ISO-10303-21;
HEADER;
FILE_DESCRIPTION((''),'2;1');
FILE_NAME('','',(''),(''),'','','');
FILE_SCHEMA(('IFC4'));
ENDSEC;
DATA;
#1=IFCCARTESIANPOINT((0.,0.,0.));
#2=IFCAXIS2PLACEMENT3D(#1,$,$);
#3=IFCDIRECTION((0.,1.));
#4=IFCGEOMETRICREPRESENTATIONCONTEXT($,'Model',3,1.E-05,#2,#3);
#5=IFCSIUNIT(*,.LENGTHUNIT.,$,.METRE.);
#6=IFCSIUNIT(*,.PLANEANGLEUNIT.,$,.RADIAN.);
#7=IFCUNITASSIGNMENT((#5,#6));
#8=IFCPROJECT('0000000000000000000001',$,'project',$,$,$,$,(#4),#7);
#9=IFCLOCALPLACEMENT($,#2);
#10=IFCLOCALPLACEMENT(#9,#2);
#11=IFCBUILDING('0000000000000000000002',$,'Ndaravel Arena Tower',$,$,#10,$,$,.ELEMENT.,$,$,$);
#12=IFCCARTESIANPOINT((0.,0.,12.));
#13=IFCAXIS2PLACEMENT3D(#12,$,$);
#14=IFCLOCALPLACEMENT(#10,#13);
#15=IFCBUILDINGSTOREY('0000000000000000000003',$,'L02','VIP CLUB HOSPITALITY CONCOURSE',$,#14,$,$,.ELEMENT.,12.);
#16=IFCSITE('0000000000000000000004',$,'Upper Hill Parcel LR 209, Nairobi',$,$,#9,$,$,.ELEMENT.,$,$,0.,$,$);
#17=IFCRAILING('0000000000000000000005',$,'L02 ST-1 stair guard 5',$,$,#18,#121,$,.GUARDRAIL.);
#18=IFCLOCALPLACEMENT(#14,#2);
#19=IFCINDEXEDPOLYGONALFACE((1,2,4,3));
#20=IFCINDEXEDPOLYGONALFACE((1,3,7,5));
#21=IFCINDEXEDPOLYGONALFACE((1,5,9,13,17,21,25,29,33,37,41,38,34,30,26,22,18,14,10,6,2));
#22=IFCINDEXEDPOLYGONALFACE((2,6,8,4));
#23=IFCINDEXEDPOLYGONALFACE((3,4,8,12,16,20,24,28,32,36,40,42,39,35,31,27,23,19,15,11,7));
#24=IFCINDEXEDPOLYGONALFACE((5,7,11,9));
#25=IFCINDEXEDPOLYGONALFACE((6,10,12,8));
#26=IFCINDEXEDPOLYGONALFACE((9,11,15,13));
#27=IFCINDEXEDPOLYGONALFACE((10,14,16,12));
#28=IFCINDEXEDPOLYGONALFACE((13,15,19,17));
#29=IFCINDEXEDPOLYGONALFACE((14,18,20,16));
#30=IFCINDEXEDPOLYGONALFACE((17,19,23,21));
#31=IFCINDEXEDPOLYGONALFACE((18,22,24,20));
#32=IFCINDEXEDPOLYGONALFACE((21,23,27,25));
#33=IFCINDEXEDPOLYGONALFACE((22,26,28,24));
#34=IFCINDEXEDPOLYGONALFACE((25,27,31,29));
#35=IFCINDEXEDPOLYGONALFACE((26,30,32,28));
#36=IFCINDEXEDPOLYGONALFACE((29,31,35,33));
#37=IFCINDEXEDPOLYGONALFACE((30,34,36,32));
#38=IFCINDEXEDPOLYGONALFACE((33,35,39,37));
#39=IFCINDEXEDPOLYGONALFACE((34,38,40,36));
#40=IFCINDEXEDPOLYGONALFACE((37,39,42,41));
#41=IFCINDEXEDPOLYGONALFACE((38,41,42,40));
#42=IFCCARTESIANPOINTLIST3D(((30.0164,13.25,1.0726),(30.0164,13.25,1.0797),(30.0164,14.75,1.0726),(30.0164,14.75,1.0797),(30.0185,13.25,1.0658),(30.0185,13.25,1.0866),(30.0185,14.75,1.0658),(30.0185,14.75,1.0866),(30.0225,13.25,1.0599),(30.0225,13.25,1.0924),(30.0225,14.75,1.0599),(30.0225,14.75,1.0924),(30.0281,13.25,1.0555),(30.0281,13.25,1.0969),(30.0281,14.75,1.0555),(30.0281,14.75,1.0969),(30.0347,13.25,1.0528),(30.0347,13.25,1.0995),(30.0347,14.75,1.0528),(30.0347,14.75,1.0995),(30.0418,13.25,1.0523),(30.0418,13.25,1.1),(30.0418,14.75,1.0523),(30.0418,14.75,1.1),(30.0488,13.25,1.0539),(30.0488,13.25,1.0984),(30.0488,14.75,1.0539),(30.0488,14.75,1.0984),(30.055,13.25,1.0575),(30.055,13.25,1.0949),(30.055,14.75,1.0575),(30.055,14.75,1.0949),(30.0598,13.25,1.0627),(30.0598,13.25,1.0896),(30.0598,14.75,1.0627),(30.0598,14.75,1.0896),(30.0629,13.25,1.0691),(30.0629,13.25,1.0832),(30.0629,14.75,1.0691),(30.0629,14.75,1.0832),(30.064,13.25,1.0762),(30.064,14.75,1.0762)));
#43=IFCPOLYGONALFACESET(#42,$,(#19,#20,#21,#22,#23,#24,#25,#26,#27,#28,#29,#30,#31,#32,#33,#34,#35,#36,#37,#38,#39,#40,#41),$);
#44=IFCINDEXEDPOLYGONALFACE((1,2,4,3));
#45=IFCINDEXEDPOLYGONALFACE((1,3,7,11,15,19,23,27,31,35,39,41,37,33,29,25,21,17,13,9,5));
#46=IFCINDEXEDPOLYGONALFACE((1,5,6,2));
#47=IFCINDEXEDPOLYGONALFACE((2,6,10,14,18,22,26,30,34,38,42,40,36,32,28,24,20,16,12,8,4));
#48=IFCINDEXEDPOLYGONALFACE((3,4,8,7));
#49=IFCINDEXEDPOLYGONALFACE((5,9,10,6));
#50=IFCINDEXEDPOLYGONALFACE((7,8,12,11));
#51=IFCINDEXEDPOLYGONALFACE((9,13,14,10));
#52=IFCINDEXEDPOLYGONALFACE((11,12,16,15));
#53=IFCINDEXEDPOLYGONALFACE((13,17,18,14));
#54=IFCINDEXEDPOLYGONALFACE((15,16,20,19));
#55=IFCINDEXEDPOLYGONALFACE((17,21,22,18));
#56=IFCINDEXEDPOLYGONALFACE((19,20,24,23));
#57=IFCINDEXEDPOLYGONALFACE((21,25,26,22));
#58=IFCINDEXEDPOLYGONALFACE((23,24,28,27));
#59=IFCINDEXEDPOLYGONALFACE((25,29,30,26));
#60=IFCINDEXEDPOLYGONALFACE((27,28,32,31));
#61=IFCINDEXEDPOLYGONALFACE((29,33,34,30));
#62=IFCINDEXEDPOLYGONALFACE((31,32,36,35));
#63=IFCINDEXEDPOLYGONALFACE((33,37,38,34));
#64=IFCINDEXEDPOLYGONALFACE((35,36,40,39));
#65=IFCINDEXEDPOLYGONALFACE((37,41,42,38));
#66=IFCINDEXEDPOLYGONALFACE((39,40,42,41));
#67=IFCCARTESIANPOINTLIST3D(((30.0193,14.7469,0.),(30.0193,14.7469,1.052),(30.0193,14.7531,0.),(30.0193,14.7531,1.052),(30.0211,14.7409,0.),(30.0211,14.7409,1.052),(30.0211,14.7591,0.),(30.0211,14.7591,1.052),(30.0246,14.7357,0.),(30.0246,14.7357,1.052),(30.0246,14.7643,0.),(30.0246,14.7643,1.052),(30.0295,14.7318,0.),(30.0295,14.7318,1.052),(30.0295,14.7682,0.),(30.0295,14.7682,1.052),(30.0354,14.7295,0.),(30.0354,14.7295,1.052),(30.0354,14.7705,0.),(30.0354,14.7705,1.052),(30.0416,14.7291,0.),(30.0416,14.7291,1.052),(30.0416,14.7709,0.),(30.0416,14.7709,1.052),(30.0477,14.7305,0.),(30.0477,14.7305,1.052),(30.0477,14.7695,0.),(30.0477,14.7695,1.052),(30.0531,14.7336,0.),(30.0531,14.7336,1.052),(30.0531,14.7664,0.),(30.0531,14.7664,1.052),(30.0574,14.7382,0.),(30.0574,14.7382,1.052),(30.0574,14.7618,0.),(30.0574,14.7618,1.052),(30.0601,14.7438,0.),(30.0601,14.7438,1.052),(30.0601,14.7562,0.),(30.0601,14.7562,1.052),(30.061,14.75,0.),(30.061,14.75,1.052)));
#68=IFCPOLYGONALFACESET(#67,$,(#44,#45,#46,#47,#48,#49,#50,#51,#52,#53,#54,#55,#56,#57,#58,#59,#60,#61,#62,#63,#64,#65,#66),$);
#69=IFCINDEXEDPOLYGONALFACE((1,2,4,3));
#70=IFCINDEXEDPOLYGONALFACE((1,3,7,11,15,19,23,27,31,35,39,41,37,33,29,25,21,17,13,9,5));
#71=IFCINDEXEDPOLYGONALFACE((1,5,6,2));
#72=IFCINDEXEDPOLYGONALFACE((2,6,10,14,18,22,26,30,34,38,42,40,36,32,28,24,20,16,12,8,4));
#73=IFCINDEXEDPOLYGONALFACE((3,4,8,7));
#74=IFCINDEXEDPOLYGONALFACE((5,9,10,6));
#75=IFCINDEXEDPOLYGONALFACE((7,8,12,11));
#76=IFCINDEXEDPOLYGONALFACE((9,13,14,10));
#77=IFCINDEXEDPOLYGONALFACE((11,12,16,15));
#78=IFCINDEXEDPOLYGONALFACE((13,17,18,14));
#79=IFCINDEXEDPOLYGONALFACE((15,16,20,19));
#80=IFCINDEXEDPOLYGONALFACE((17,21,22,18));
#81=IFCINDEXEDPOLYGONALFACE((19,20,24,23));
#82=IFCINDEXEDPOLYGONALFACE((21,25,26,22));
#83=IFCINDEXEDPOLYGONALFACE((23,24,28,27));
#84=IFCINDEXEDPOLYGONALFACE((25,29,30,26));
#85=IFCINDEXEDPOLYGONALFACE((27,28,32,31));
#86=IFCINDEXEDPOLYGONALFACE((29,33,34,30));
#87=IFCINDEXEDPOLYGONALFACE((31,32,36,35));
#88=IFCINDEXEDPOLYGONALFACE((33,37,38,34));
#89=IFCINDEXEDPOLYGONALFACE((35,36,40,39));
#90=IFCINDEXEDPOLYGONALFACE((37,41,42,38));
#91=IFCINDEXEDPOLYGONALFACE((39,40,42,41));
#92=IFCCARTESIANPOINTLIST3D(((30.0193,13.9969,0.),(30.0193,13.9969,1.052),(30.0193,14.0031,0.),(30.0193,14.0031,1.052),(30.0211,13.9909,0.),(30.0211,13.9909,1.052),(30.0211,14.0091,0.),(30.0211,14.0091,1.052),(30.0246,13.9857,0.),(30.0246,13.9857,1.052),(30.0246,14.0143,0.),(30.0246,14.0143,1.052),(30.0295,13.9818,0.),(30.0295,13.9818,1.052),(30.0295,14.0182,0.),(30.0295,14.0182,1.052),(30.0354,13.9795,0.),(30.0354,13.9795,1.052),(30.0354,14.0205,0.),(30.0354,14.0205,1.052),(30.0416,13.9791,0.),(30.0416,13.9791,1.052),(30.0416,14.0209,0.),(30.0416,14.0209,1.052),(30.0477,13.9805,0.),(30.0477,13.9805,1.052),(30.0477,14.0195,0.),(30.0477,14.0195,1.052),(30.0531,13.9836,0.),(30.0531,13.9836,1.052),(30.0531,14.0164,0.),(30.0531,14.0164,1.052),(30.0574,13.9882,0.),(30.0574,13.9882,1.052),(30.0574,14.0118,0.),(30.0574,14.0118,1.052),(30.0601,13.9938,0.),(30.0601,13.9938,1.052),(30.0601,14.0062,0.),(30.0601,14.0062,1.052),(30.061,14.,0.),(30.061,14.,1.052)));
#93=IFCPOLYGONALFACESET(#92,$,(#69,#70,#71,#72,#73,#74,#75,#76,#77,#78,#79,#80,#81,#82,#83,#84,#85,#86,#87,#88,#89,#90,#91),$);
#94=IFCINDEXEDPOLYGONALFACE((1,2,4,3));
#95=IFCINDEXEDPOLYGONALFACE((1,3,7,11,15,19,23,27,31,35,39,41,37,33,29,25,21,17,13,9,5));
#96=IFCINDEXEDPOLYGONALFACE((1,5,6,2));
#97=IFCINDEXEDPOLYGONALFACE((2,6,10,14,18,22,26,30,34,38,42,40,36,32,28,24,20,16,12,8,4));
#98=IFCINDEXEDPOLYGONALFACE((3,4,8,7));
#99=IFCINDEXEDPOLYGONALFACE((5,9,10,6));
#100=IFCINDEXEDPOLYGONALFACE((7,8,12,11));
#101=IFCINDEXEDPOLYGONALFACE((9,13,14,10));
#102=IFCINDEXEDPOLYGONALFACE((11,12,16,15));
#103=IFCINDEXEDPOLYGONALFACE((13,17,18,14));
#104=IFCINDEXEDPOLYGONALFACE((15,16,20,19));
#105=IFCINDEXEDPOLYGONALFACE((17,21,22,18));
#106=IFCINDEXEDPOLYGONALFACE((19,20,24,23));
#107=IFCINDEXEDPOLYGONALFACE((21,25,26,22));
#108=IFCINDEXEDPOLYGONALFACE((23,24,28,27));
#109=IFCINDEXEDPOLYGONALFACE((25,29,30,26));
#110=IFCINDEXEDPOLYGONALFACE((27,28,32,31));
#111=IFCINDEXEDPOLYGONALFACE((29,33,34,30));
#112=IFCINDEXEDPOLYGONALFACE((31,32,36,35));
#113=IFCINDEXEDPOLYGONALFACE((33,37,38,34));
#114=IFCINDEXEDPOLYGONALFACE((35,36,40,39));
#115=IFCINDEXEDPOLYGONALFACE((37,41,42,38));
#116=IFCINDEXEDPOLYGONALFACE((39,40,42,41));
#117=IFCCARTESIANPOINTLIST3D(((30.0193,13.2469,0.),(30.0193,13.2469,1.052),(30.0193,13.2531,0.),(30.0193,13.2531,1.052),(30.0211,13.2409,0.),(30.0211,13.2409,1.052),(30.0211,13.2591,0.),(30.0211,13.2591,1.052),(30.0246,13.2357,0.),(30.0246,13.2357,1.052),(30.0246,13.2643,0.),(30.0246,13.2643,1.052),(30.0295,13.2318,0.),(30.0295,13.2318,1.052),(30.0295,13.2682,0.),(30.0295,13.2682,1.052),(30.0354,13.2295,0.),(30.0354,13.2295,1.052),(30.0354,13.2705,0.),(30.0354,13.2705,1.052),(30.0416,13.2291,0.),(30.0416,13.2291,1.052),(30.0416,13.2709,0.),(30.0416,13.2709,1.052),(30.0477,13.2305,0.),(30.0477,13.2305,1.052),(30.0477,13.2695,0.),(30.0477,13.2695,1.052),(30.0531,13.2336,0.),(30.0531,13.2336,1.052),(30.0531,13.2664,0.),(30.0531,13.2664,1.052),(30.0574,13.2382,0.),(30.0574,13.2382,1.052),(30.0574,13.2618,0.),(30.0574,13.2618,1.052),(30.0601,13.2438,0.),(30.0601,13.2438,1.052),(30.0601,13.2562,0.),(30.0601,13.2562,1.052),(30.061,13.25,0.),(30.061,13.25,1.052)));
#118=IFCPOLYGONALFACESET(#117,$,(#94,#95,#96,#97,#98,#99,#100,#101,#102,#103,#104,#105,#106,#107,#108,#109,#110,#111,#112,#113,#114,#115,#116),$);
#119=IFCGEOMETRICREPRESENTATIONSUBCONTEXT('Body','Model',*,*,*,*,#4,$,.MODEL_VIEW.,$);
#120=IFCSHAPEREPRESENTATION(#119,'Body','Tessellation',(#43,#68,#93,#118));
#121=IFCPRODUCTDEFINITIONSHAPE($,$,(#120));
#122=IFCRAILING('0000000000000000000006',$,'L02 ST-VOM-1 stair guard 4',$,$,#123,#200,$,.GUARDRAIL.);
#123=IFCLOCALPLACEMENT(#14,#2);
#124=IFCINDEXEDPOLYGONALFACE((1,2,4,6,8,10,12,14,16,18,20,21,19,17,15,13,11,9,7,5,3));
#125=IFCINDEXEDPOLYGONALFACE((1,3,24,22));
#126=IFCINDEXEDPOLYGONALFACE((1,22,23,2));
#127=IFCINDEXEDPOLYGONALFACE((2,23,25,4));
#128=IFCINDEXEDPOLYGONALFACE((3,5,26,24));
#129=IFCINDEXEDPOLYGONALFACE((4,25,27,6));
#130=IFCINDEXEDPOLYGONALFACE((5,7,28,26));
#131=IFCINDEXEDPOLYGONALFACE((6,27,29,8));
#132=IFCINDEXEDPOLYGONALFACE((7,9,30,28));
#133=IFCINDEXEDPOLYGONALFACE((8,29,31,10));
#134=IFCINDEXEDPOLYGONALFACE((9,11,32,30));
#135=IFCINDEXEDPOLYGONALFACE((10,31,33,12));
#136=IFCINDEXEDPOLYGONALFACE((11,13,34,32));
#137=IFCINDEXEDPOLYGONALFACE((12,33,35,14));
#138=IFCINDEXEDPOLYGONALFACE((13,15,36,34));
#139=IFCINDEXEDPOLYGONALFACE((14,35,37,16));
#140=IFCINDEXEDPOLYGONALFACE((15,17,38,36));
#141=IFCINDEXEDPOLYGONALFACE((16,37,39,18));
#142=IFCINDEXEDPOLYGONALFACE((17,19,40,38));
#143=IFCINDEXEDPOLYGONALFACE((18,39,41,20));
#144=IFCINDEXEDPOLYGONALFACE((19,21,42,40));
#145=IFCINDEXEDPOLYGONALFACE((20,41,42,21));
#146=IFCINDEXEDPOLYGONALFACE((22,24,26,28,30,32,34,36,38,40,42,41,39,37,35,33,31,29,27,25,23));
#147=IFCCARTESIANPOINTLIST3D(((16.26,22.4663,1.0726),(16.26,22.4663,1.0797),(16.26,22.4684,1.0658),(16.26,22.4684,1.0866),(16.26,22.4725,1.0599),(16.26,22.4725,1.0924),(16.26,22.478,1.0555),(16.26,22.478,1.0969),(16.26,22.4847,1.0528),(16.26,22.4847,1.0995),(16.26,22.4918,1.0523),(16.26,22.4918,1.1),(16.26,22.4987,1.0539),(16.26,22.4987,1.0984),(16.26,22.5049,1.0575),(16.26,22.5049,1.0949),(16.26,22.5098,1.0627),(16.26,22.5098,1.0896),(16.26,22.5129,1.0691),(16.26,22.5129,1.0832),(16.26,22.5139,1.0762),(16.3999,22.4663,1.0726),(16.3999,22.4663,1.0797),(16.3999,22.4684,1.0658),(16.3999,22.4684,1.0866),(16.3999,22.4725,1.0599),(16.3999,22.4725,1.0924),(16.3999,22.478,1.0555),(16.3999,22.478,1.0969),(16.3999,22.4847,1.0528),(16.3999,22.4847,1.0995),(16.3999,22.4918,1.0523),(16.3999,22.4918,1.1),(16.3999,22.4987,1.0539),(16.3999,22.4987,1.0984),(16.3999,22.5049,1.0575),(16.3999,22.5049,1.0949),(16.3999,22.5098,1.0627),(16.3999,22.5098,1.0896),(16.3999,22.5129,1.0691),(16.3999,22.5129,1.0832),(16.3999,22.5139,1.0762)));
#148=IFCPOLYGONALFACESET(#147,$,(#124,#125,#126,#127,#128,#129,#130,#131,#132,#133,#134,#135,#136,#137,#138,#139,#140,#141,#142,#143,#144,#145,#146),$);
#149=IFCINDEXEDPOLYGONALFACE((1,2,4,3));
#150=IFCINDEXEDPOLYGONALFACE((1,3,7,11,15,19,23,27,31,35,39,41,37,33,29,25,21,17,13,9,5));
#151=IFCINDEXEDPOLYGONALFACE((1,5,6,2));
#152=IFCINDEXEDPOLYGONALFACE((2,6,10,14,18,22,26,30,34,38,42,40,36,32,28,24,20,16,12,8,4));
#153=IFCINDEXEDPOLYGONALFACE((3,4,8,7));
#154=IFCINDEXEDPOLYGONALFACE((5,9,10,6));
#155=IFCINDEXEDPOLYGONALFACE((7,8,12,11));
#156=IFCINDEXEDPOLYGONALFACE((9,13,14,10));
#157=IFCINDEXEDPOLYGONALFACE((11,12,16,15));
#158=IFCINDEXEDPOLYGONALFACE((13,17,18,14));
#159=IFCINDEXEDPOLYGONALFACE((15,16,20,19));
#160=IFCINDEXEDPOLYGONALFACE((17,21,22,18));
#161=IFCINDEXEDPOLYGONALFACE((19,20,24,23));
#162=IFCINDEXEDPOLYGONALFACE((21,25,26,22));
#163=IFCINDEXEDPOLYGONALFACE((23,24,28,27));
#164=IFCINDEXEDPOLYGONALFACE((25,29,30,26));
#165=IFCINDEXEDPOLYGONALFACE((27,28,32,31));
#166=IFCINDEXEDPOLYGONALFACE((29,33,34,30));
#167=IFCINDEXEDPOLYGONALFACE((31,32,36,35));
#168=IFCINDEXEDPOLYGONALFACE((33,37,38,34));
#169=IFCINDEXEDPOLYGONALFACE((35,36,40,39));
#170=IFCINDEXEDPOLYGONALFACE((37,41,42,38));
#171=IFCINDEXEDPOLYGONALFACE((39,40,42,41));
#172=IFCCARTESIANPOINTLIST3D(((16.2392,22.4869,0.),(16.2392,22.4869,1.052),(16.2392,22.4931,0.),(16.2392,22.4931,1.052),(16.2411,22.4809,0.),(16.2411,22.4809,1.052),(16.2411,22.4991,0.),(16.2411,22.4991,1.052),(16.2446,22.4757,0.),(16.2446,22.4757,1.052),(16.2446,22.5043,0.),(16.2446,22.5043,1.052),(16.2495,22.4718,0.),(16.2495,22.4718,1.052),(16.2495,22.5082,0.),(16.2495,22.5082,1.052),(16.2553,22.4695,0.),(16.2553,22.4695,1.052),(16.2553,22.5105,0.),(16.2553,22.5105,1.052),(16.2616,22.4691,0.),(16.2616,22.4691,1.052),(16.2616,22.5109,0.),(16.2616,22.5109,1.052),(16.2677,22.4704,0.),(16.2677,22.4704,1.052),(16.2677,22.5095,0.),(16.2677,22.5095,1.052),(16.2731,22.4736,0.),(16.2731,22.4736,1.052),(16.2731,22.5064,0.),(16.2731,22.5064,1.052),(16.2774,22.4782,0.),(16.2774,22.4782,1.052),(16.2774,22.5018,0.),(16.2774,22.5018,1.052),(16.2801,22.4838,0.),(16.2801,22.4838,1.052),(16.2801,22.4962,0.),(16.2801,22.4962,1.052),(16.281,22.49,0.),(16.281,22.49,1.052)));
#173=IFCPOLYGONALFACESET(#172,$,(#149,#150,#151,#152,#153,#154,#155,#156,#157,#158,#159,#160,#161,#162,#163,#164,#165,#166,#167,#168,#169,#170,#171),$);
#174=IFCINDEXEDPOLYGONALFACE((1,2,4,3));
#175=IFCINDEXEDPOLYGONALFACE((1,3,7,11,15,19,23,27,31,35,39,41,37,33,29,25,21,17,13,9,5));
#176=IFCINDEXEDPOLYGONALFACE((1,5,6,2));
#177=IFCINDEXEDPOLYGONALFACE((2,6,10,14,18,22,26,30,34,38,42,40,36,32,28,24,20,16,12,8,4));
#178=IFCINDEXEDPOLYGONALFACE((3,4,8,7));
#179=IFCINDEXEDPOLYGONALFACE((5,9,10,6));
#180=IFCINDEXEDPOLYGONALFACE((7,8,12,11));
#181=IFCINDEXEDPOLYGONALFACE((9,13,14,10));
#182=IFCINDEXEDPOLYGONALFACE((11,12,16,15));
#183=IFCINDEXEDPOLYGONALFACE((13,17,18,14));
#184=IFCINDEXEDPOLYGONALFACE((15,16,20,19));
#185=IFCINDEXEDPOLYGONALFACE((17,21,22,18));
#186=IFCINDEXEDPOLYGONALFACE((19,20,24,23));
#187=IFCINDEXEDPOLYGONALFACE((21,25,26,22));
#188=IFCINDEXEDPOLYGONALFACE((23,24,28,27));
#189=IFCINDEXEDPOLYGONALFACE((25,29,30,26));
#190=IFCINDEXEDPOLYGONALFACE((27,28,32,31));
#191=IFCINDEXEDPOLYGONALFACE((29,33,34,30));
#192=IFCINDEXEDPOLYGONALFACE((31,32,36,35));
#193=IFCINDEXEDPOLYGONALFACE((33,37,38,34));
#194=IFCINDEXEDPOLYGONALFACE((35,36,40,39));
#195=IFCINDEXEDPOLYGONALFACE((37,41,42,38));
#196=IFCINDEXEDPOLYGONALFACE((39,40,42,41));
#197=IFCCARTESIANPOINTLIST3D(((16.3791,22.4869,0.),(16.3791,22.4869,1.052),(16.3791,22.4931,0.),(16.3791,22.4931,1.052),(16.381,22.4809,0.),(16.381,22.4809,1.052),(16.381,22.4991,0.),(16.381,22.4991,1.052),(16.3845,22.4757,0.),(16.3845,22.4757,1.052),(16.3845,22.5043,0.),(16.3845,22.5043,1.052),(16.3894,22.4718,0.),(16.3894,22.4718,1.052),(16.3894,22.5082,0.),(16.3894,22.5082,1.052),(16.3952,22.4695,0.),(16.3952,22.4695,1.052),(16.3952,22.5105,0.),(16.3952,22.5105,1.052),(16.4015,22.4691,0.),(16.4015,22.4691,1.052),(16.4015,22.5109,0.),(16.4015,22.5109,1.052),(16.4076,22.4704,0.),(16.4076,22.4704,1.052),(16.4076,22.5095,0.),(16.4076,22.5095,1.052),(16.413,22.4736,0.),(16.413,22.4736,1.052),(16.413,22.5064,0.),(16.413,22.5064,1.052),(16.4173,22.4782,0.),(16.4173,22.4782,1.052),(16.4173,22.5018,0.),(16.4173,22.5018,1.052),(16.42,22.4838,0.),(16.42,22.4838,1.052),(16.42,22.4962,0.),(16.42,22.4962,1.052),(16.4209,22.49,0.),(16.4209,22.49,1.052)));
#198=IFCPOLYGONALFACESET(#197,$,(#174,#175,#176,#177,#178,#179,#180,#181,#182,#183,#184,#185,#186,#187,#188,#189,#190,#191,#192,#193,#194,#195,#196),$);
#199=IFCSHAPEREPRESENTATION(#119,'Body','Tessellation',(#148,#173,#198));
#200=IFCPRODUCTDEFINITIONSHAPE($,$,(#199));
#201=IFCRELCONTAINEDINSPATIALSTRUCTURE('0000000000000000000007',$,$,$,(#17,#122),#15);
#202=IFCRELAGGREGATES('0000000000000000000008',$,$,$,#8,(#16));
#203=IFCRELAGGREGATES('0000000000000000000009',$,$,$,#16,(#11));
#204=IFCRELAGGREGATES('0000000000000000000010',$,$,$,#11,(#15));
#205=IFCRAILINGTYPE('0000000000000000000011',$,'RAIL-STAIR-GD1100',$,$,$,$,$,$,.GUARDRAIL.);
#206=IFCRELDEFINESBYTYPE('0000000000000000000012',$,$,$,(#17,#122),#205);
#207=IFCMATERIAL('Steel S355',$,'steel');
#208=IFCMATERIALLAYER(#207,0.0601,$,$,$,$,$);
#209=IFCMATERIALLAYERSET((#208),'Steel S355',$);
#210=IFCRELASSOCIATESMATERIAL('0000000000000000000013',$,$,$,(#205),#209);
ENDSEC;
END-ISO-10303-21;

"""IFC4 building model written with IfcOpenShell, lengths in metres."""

from ifc_helpers import new_model, si_unit, direction, frame, origin, origin_2d, place, context, subcontext, project, spatial, circle, extrude, material, layer, layer_set, type_object, element, save


model = new_model("IFC4")

# Units and contexts
model_context = context("Model", 3, precision=1e-05, world=origin(), true_north=direction((0.0, 1.0)))
body_context = subcontext(model_context, "Body", "Model", "MODEL_VIEW")
ifc_project = project(units=[si_unit("LENGTHUNIT", "METRE"), si_unit("PLANEANGLEUNIT", "RADIAN")], contexts=[model_context])

# Site, building, storey
site_placement = place(None, origin())
site = spatial("IfcSite", under=ifc_project, at=site_placement, Name="Upper Hill Parcel LR 209, Nairobi", CompositionType="ELEMENT", RefElevation=0.0)
building_placement = place(site_placement, origin())
building = spatial("IfcBuilding", under=site, at=building_placement, Name="Ndaravel Arena Tower", CompositionType="ELEMENT")
storey_placement = place(building_placement, frame((0.0, 0.0, 12.0)))
storey = spatial("IfcBuildingStorey", under=building, at=storey_placement, Name="L02", Description="VIP CLUB HOSPITALITY CONCOURSE", CompositionType="ELEMENT", Elevation=12.0)

# Railings
ifc_material_1 = material(Name="Steel S355", Category="steel")
ifc_layer_1 = layer(ifc_material_1, 0.0601)
ifc_layer_set_1 = layer_set([ifc_layer_1], Name="Steel S355")
railing_type_1 = type_object("IfcRailingType", Name="RAIL-STAIR-GD1100", PredefinedType="GUARDRAIL", material=ifc_layer_set_1)
railing_1_placement = place(storey_placement, frame((30.04, 14.75, 0.0)))
element("IfcRailing", 1, at=railing_1_placement, inside=storey, type_object=railing_type_1, Name="L02 ST-1 stair guard 5", PredefinedType="GUARDRAIL", context=body_context, shape_type="SweptSolid", body=[
    extrude(circle(Radius=0.0239, at=origin_2d()), frame((0.0, 0.0, 1.0762), z_axis=(0.0, -1.0, 0.0), x_axis=(1.0, 0.0, 0.0)), (0.0, 0.0, 1.0), 1.5),
    extrude(circle(Radius=0.021, at=origin_2d()), origin(), (0.0, 0.0, 1.0), 1.052),
    extrude(circle(Radius=0.021, at=origin_2d()), frame((0.0, -0.75, 0.0)), (0.0, 0.0, 1.0), 1.052),
    extrude(circle(Radius=0.021, at=origin_2d()), frame((0.0, -1.5, 0.0)), (0.0, 0.0, 1.0), 1.052),
])
railing_2_placement = place(storey_placement, frame((16.26, 22.49, 0.0)))
element("IfcRailing", 2, at=railing_2_placement, inside=storey, type_object=railing_type_1, Name="L02 ST-VOM-1 stair guard 4", PredefinedType="GUARDRAIL", context=body_context, shape_type="SweptSolid", body=[
    extrude(circle(Radius=0.0239, at=origin_2d()), frame((0.0, 0.0, 1.0762), z_axis=(1.0, 0.0, 0.0), x_axis=(0.0, 1.0, 0.0)), (0.0, 0.0, 1.0), 0.1399),
    extrude(circle(Radius=0.021, at=origin_2d()), origin(), (0.0, 0.0, 1.0), 1.052),
    extrude(circle(Radius=0.021, at=origin_2d()), frame((0.1399, 0.0, 0.0)), (0.0, 0.0, 1.0), 1.052),
])

save(model, "model.ifc")
